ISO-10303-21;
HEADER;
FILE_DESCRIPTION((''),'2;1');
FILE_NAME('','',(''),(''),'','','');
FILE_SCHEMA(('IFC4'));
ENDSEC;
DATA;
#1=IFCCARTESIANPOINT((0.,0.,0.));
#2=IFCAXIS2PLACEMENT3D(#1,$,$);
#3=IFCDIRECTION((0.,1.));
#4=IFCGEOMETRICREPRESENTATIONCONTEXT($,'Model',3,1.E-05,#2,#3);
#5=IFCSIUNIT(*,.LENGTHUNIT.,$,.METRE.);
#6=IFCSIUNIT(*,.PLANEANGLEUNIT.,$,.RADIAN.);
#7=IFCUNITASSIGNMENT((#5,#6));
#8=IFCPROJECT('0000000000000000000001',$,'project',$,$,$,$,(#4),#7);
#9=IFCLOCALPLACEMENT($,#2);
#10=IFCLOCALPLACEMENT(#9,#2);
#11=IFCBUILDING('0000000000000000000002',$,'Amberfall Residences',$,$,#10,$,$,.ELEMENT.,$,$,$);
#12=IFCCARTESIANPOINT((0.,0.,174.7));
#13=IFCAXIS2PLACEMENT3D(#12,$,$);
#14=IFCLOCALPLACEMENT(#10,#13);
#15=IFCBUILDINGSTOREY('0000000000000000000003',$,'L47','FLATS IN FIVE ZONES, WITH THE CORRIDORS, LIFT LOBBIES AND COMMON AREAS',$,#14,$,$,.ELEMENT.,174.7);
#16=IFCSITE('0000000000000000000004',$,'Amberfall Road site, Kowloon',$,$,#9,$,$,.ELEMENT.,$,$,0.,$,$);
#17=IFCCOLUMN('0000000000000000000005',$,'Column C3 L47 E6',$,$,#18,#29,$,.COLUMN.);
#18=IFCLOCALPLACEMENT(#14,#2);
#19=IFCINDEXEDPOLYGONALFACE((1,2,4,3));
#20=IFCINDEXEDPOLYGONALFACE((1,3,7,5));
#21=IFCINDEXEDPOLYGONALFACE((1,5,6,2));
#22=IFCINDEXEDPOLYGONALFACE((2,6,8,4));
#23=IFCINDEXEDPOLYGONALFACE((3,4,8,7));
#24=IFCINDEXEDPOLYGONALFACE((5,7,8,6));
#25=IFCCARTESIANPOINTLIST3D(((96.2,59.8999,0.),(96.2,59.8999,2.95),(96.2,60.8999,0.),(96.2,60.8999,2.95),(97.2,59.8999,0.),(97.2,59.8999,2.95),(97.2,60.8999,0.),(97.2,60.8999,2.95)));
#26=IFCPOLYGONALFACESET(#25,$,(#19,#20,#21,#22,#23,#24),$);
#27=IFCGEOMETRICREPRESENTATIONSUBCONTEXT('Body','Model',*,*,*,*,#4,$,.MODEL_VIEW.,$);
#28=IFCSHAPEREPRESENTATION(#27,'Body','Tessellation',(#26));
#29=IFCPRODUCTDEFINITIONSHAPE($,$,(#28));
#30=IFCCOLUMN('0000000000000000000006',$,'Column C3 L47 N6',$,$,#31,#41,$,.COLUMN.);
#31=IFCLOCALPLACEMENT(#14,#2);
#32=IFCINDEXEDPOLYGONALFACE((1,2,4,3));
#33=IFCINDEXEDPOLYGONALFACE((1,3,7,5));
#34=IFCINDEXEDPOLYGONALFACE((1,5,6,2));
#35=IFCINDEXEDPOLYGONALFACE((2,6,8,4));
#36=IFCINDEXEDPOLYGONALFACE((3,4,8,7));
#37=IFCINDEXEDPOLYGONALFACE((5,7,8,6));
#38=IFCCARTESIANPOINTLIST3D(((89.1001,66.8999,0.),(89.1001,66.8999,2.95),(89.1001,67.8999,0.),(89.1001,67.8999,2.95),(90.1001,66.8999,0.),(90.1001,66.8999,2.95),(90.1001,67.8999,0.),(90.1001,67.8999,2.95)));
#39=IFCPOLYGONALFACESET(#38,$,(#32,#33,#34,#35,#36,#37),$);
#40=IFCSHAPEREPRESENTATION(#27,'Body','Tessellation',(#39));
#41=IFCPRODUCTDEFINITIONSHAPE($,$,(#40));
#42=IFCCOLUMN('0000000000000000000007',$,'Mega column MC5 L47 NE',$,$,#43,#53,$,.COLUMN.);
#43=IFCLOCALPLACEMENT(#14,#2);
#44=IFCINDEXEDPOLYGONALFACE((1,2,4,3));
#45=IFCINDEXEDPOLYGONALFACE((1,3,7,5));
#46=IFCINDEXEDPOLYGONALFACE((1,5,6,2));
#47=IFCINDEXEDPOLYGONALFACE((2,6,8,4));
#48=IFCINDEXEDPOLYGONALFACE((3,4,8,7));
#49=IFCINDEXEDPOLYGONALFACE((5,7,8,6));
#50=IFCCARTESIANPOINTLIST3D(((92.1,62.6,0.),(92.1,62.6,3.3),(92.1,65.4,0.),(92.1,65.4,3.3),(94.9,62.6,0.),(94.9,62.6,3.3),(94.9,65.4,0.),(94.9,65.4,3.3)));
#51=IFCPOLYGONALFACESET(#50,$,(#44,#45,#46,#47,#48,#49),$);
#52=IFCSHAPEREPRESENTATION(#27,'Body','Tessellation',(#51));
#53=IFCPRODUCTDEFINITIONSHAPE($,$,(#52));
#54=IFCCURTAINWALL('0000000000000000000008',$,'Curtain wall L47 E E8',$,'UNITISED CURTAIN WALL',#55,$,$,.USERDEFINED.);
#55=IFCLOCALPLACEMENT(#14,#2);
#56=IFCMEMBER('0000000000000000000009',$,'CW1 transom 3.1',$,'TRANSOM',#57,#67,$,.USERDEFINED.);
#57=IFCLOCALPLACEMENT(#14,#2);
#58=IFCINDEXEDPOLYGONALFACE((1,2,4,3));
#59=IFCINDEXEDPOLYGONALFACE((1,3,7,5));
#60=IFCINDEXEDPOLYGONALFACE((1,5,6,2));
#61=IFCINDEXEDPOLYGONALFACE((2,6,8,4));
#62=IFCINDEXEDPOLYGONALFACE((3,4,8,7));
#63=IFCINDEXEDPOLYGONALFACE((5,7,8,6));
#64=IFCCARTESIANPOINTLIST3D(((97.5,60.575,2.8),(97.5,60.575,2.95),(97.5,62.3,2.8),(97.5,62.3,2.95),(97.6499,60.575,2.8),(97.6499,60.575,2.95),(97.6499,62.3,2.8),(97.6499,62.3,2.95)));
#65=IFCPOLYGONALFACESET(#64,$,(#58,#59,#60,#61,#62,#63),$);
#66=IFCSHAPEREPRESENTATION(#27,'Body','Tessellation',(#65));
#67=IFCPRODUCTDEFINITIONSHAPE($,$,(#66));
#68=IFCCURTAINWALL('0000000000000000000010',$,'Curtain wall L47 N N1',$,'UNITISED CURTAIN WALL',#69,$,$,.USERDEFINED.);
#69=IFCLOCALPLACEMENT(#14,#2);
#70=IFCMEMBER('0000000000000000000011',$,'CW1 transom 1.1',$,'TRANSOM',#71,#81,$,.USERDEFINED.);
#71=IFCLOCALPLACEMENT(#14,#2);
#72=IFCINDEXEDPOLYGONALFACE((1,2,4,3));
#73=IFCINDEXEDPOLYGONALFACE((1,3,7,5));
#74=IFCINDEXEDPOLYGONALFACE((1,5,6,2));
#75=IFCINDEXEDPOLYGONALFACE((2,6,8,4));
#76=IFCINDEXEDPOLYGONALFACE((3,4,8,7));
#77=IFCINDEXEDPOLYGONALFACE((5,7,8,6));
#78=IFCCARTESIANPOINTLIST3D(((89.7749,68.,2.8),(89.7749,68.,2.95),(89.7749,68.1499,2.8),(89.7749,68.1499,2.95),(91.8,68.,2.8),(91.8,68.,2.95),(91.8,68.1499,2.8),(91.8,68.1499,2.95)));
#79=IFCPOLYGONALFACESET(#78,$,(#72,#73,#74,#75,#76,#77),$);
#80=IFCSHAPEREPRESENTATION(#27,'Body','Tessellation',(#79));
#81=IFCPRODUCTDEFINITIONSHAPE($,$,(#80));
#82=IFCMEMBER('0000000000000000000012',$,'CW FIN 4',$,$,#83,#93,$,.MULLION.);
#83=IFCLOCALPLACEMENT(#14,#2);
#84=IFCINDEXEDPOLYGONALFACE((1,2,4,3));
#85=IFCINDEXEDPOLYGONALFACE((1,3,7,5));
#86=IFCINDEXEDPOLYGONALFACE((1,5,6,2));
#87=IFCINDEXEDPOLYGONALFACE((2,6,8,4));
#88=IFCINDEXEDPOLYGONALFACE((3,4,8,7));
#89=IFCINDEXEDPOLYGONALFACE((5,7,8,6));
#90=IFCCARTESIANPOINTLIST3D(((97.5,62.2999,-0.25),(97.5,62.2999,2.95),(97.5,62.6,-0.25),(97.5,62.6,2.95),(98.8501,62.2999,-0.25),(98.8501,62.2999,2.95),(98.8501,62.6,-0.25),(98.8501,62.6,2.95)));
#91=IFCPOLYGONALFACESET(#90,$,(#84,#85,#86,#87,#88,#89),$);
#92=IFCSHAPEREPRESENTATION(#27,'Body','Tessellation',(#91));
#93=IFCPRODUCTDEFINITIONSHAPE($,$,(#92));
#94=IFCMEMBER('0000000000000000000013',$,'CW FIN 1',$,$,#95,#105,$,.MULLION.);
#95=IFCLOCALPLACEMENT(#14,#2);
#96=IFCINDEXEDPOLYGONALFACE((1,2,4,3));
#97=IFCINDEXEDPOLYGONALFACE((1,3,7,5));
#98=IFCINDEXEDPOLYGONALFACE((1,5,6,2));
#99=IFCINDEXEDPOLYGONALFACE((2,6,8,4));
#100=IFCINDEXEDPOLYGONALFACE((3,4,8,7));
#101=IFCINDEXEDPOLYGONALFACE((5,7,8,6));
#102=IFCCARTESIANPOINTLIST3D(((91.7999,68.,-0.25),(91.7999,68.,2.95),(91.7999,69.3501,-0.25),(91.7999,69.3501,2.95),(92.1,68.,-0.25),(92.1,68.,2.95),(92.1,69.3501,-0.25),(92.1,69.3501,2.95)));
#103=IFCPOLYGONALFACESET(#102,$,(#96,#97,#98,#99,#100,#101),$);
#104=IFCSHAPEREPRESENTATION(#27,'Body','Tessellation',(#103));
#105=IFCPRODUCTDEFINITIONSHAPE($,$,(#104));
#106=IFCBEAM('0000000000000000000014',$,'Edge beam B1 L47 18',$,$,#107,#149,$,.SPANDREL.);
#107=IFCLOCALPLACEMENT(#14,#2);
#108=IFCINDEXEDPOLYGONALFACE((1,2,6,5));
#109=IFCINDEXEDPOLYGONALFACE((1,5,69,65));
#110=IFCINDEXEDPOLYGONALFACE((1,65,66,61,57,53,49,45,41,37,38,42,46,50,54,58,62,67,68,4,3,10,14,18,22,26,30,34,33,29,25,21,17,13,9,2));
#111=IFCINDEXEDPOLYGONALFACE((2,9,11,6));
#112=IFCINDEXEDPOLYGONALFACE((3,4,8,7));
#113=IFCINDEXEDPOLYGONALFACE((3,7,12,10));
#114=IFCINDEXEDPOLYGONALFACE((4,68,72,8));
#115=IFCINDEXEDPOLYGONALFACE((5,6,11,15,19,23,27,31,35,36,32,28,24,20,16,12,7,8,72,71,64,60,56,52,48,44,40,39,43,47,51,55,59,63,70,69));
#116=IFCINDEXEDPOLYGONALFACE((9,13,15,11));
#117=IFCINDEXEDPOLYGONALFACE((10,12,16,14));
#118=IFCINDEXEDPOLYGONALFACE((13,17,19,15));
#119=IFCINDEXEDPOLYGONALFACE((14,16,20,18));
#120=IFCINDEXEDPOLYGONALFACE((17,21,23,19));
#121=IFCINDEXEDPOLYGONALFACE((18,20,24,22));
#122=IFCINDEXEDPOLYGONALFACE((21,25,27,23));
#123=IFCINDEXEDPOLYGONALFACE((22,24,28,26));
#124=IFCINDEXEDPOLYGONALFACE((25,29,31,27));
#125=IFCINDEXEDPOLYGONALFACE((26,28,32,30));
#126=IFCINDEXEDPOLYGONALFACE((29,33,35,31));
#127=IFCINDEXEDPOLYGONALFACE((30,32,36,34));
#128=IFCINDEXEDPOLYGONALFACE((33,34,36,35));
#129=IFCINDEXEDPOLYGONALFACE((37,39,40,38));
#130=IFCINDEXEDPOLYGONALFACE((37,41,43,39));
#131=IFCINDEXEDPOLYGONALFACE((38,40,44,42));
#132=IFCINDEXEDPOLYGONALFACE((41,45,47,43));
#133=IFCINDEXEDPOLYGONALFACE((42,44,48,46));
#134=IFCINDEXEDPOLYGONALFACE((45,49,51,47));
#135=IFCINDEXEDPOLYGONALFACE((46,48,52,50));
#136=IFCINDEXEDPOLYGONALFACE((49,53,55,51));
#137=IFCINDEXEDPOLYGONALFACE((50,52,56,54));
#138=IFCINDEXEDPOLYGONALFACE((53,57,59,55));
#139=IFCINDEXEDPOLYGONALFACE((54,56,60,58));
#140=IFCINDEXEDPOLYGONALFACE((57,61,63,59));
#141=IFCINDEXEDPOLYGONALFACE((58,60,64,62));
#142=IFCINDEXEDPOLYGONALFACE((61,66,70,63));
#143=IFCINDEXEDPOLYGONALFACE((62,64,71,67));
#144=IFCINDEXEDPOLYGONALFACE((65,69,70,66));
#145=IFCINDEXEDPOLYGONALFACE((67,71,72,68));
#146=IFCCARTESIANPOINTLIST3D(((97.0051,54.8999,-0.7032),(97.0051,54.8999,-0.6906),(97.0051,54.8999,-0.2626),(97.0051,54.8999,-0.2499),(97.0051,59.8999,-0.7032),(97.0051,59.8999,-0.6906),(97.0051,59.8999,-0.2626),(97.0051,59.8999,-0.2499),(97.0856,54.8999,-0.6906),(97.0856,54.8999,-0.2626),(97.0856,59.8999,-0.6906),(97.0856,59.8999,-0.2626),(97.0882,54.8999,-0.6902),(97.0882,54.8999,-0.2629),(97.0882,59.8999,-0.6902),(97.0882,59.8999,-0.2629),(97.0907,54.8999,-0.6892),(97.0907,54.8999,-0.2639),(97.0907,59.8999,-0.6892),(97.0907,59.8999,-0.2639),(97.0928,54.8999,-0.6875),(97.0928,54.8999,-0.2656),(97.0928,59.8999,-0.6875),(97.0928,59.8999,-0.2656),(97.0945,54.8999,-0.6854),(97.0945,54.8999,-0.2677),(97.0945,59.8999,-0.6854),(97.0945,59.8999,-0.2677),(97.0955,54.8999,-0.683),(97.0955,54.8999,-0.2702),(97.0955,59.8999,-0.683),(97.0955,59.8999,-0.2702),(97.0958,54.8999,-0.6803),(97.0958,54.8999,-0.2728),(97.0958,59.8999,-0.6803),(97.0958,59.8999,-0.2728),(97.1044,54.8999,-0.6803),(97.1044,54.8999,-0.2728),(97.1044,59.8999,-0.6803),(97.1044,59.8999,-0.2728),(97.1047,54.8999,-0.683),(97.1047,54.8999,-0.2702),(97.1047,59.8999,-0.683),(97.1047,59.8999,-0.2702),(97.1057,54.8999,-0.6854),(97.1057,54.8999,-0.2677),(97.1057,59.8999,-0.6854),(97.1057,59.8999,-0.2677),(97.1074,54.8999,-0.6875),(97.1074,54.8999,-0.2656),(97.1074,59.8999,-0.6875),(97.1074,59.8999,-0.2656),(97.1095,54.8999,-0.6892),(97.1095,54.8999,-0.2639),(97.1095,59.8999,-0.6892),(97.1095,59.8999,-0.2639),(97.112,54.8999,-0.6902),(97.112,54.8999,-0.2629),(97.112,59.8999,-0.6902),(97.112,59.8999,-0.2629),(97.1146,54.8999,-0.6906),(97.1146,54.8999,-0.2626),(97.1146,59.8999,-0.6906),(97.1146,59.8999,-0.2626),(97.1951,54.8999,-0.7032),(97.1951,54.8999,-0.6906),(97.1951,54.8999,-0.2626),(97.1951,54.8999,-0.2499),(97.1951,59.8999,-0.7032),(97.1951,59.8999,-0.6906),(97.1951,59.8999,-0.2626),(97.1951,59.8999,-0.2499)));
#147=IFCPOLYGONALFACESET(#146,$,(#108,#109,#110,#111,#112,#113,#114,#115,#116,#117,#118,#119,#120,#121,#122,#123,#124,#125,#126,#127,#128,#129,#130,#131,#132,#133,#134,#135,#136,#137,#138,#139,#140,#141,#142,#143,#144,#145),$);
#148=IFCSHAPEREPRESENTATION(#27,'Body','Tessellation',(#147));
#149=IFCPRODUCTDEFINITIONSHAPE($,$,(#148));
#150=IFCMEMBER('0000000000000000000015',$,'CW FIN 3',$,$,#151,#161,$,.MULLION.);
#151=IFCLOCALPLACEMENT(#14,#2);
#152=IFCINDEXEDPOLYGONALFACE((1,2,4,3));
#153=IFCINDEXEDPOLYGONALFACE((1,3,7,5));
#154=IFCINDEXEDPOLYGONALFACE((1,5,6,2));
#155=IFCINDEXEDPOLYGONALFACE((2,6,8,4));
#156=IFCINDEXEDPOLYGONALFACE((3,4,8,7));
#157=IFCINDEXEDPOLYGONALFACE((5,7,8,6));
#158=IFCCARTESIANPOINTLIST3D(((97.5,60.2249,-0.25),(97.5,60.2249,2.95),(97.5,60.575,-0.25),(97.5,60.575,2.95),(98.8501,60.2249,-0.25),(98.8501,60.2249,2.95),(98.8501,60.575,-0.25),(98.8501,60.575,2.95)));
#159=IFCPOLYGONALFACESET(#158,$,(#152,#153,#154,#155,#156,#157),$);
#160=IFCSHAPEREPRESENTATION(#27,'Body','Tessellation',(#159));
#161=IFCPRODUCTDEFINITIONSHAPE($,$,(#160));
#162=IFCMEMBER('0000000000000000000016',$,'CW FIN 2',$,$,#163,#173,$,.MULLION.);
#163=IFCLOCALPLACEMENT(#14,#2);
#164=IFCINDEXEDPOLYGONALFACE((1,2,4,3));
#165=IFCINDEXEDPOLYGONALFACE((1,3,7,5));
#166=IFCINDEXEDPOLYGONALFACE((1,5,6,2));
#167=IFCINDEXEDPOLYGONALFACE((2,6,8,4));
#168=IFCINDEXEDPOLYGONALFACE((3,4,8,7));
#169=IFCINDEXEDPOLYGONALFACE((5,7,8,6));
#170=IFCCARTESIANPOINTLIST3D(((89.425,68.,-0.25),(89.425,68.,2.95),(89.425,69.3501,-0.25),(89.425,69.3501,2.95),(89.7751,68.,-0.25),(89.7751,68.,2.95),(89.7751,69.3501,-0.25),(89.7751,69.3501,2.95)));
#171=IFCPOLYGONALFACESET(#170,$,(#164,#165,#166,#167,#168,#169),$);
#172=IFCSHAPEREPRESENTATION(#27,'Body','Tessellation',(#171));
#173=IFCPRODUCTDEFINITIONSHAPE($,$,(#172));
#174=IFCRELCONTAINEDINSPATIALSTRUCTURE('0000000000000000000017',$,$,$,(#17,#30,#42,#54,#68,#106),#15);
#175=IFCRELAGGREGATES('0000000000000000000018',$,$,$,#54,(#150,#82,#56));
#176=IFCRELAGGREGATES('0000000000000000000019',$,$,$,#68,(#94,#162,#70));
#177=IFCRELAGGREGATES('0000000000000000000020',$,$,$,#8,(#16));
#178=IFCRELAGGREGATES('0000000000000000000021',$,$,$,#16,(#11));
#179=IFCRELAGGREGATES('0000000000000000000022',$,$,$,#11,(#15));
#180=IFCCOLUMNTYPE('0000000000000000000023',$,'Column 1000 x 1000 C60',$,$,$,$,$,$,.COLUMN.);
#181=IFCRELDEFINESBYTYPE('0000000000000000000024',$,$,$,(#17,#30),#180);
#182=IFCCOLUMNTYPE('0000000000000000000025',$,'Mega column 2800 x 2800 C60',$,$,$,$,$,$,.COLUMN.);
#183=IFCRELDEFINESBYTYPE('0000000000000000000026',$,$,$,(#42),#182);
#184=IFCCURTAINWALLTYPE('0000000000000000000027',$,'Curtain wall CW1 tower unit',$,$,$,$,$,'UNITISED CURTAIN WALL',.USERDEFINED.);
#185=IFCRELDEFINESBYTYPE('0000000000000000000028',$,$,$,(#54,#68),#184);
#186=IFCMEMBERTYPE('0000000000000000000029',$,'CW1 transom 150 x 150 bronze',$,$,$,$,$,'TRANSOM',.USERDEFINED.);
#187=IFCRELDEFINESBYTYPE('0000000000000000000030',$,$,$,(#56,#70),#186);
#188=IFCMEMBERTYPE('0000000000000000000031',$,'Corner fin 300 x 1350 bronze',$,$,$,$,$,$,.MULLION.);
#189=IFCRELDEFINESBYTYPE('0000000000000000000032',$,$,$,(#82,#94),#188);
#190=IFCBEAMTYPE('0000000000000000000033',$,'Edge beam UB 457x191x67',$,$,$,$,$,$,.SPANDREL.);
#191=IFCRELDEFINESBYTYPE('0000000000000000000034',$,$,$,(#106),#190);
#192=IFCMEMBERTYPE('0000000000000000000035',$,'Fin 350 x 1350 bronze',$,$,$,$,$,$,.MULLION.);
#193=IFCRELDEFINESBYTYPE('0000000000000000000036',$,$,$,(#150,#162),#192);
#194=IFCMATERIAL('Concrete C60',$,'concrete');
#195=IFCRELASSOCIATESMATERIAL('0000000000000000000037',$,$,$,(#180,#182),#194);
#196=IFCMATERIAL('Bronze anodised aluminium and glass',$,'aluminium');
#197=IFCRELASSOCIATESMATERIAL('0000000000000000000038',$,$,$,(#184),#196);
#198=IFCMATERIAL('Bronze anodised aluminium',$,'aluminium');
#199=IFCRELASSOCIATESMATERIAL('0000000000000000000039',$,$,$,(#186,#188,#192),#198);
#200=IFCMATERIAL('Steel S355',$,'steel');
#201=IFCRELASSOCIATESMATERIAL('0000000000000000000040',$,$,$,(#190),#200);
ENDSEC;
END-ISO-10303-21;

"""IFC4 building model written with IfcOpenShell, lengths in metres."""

from ifc_helpers import new_model, si_unit, direction, frame, origin, origin_2d, place, context, subcontext, project, spatial, rectangle, i_section, extrude, material, material_profile, profile_set, type_object, element, aggregate, save


model = new_model("IFC4")

# Units and contexts
model_context = context("Model", 3, precision=1e-05, world=origin(), true_north=direction((0.0, 1.0)))
body_context = subcontext(model_context, "Body", "Model", "MODEL_VIEW")
ifc_project = project(units=[si_unit("LENGTHUNIT", "METRE"), si_unit("PLANEANGLEUNIT", "RADIAN")], contexts=[model_context])

# Site, building, storey
site_placement = place(None, origin())
site = spatial("IfcSite", under=ifc_project, at=site_placement, Name="Amberfall Road site, Kowloon", CompositionType="ELEMENT", RefElevation=0.0)
building_placement = place(site_placement, origin())
building = spatial("IfcBuilding", under=site, at=building_placement, Name="Amberfall Residences", CompositionType="ELEMENT")
storey_placement = place(building_placement, frame((0.0, 0.0, 174.7)))
storey = spatial("IfcBuildingStorey", under=building, at=storey_placement, Name="L47", Description="FLATS IN FIVE ZONES, WITH THE CORRIDORS, LIFT LOBBIES AND COMMON AREAS", CompositionType="ELEMENT", Elevation=174.7)

# Columns
ifc_material_1 = material(Name="Concrete C60", Category="concrete")
ifc_material_profile_1 = material_profile(ifc_material_1, rectangle(XDim=1.0, YDim=1.0, at=origin_2d()), Name="Column 1000 x 1000 C60")
ifc_profile_set_1 = profile_set([ifc_material_profile_1], Name="Concrete C60")
column_type_1 = type_object("IfcColumnType", Name="Column 1000 x 1000 C60", PredefinedType="COLUMN", material=ifc_profile_set_1)
for number, where, z_axis, x_axis, name in (
    (1, (96.7, 60.3999, 0.0), (0.0, 0.0, 1.0), (1.0, 0.0, 0.0), "Column C3 L47 E6"),
    (2, (89.6001, 67.3999, 0.0), (0.0, 0.0, 1.0), (1.0, 0.0, 0.0), "Column C3 L47 N6"),
):
    element("IfcColumn", number, at=place(storey_placement, frame(where, z_axis=z_axis, x_axis=x_axis)), inside=storey, type_object=column_type_1, Name=name, PredefinedType="COLUMN", context=body_context, shape_type="SweptSolid", body=[
        extrude(rectangle(XDim=1.0, YDim=1.0, at=origin_2d()), origin(), (0.0, 0.0, 1.0), 2.95),
    ])
ifc_material_profile_2 = material_profile(ifc_material_1, rectangle(XDim=2.8, YDim=2.8, at=origin_2d()), Name="Mega column 2800 x 2800 C60")
ifc_profile_set_2 = profile_set([ifc_material_profile_2], Name="Concrete C60")
column_type_2 = type_object("IfcColumnType", Name="Mega column 2800 x 2800 C60", PredefinedType="COLUMN", material=ifc_profile_set_2)
column_placement = place(storey_placement, frame((93.5, 64.0, 0.0), z_axis=(0.0, 0.0, 1.0), x_axis=(1.0, 0.0, 0.0)))
element("IfcColumn", 3, at=column_placement, inside=storey, type_object=column_type_2, Name="Mega column MC5 L47 NE", PredefinedType="COLUMN", context=body_context, shape_type="SweptSolid", body=[
    extrude(rectangle(XDim=2.8, YDim=2.8, at=origin_2d()), origin(), (0.0, 0.0, 1.0), 3.3),
])

# Curtain walls, members
ifc_material_2 = material(Name="Bronze anodised aluminium and glass", Category="aluminium")
curtain_wall_type = type_object("IfcCurtainWallType", Name="Curtain wall CW1 tower unit", ElementType="UNITISED CURTAIN WALL", PredefinedType="USERDEFINED", material=ifc_material_2)
curtain_wall_1_placement = place(storey_placement, origin())
curtain_wall_1 = element("IfcCurtainWall", 4, at=curtain_wall_1_placement, inside=storey, type_object=curtain_wall_type, Name="Curtain wall L47 E E8", ObjectType="UNITISED CURTAIN WALL", PredefinedType="USERDEFINED")
ifc_material_3 = material(Name="Bronze anodised aluminium", Category="aluminium")
ifc_material_profile_3 = material_profile(ifc_material_3, rectangle(XDim=0.1499, YDim=0.1499, at=origin_2d()), Name="CW1 transom 150 x 150 bronze")
ifc_profile_set_3 = profile_set([ifc_material_profile_3], Name="Bronze anodised aluminium")
member_type_1 = type_object("IfcMemberType", Name="CW1 transom 150 x 150 bronze", ElementType="TRANSOM", PredefinedType="USERDEFINED", material=ifc_profile_set_3)
member_1_placement = place(storey_placement, frame((97.575, 60.575, 2.875), z_axis=(0.0, 1.0, 0.0), x_axis=(-1.0, 0.0, 0.0)))
member_1 = element("IfcMember", 5, at=member_1_placement, type_object=member_type_1, Name="CW1 transom 3.1", ObjectType="TRANSOM", PredefinedType="USERDEFINED", context=body_context, shape_type="SweptSolid", body=[
    extrude(rectangle(XDim=0.1499, YDim=0.1499, at=origin_2d()), origin(), (0.0, 0.0, 1.0), 1.7251),
])
curtain_wall_2_placement = place(storey_placement, origin())
curtain_wall_2 = element("IfcCurtainWall", 6, at=curtain_wall_2_placement, inside=storey, type_object=curtain_wall_type, Name="Curtain wall L47 N N1", ObjectType="UNITISED CURTAIN WALL", PredefinedType="USERDEFINED")
member_2_placement = place(storey_placement, frame((91.8, 68.075, 2.875), z_axis=(-1.0, 0.0, 0.0), x_axis=(0.0, -1.0, 0.0)))
member_2 = element("IfcMember", 7, at=member_2_placement, type_object=member_type_1, Name="CW1 transom 1.1", ObjectType="TRANSOM", PredefinedType="USERDEFINED", context=body_context, shape_type="SweptSolid", body=[
    extrude(rectangle(XDim=0.1499, YDim=0.1499, at=origin_2d()), origin(), (0.0, 0.0, 1.0), 2.0251),
])

# Members
ifc_material_profile_4 = material_profile(ifc_material_3, rectangle(XDim=1.3501, YDim=0.3, at=origin_2d()), Name="Corner fin 300 x 1350 bronze")
ifc_profile_set_4 = profile_set([ifc_material_profile_4], Name="Bronze anodised aluminium")
member_type_2 = type_object("IfcMemberType", Name="Corner fin 300 x 1350 bronze", PredefinedType="MULLION", material=ifc_profile_set_4)
member_3_placement = place(storey_placement, frame((98.175, 62.45, -0.25), z_axis=(0.0, 0.0, 1.0), x_axis=(-1.0, 0.0, 0.0)))
member_3 = element("IfcMember", 8, at=member_3_placement, type_object=member_type_2, Name="CW FIN 4", PredefinedType="MULLION", context=body_context, shape_type="SweptSolid", body=[
    extrude(rectangle(XDim=1.3501, YDim=0.3, at=origin_2d()), origin(), (0.0, 0.0, 1.0), 3.2),
])
member_4_placement = place(storey_placement, frame((91.95, 68.675, -0.25), z_axis=(0.0, 0.0, 1.0), x_axis=(0.0, -1.0, 0.0)))
member_4 = element("IfcMember", 9, at=member_4_placement, type_object=member_type_2, Name="CW FIN 1", PredefinedType="MULLION", context=body_context, shape_type="SweptSolid", body=[
    extrude(rectangle(XDim=1.3501, YDim=0.3, at=origin_2d()), origin(), (0.0, 0.0, 1.0), 3.2),
])

# Beam
ifc_material_4 = material(Name="Steel S355", Category="steel")
ifc_material_profile_5 = material_profile(ifc_material_4, i_section(OverallWidth=0.1899, OverallDepth=0.4534, WebThickness=0.0085, FlangeThickness=0.0127, FilletRadius=0.0103, at=origin_2d()), Name="UB 457x191x67")
ifc_profile_set_5 = profile_set([ifc_material_profile_5], Name="Steel S355")
beam_type_1 = type_object("IfcBeamType", Name="Edge beam UB 457x191x67", PredefinedType="SPANDREL", material=ifc_profile_set_5)
beam_1_placement = place(storey_placement, frame((97.1001, 54.8999, -0.4766), z_axis=(0.0, 1.0, 0.0), x_axis=(-1.0, 0.0, 0.0)))
element("IfcBeam", 10, at=beam_1_placement, inside=storey, type_object=beam_type_1, Name="Edge beam B1 L47 18", PredefinedType="SPANDREL", context=body_context, shape_type="SweptSolid", body=[
    extrude(i_section(OverallWidth=0.1899, OverallDepth=0.4534, WebThickness=0.0085, FlangeThickness=0.0127, FilletRadius=0.0103, at=origin_2d()), origin(), (0.0, 0.0, 1.0), 5.0),
])

# Members
ifc_material_profile_6 = material_profile(ifc_material_3, rectangle(XDim=1.3501, YDim=0.3501, at=origin_2d()), Name="Fin 350 x 1350 bronze")
ifc_profile_set_6 = profile_set([ifc_material_profile_6], Name="Bronze anodised aluminium")
member_type_3 = type_object("IfcMemberType", Name="Fin 350 x 1350 bronze", PredefinedType="MULLION", material=ifc_profile_set_6)
member_5_placement = place(storey_placement, frame((98.175, 60.3999, -0.25), z_axis=(0.0, 0.0, 1.0), x_axis=(-1.0, 0.0, 0.0)))
member_5 = element("IfcMember", 11, at=member_5_placement, type_object=member_type_3, Name="CW FIN 3", PredefinedType="MULLION", context=body_context, shape_type="SweptSolid", body=[
    extrude(rectangle(XDim=1.3501, YDim=0.3501, at=origin_2d()), origin(), (0.0, 0.0, 1.0), 3.2),
])
member_6_placement = place(storey_placement, frame((89.6001, 68.675, -0.25), z_axis=(0.0, 0.0, 1.0), x_axis=(0.0, -1.0, 0.0)))
member_6 = element("IfcMember", 12, at=member_6_placement, type_object=member_type_3, Name="CW FIN 2", PredefinedType="MULLION", context=body_context, shape_type="SweptSolid", body=[
    extrude(rectangle(XDim=1.3501, YDim=0.3501, at=origin_2d()), origin(), (0.0, 0.0, 1.0), 3.2),
])

aggregate(curtain_wall_1, [member_5, member_3, member_1])
aggregate(curtain_wall_2, [member_4, member_6, member_2])

save(model, "model.ifc")
